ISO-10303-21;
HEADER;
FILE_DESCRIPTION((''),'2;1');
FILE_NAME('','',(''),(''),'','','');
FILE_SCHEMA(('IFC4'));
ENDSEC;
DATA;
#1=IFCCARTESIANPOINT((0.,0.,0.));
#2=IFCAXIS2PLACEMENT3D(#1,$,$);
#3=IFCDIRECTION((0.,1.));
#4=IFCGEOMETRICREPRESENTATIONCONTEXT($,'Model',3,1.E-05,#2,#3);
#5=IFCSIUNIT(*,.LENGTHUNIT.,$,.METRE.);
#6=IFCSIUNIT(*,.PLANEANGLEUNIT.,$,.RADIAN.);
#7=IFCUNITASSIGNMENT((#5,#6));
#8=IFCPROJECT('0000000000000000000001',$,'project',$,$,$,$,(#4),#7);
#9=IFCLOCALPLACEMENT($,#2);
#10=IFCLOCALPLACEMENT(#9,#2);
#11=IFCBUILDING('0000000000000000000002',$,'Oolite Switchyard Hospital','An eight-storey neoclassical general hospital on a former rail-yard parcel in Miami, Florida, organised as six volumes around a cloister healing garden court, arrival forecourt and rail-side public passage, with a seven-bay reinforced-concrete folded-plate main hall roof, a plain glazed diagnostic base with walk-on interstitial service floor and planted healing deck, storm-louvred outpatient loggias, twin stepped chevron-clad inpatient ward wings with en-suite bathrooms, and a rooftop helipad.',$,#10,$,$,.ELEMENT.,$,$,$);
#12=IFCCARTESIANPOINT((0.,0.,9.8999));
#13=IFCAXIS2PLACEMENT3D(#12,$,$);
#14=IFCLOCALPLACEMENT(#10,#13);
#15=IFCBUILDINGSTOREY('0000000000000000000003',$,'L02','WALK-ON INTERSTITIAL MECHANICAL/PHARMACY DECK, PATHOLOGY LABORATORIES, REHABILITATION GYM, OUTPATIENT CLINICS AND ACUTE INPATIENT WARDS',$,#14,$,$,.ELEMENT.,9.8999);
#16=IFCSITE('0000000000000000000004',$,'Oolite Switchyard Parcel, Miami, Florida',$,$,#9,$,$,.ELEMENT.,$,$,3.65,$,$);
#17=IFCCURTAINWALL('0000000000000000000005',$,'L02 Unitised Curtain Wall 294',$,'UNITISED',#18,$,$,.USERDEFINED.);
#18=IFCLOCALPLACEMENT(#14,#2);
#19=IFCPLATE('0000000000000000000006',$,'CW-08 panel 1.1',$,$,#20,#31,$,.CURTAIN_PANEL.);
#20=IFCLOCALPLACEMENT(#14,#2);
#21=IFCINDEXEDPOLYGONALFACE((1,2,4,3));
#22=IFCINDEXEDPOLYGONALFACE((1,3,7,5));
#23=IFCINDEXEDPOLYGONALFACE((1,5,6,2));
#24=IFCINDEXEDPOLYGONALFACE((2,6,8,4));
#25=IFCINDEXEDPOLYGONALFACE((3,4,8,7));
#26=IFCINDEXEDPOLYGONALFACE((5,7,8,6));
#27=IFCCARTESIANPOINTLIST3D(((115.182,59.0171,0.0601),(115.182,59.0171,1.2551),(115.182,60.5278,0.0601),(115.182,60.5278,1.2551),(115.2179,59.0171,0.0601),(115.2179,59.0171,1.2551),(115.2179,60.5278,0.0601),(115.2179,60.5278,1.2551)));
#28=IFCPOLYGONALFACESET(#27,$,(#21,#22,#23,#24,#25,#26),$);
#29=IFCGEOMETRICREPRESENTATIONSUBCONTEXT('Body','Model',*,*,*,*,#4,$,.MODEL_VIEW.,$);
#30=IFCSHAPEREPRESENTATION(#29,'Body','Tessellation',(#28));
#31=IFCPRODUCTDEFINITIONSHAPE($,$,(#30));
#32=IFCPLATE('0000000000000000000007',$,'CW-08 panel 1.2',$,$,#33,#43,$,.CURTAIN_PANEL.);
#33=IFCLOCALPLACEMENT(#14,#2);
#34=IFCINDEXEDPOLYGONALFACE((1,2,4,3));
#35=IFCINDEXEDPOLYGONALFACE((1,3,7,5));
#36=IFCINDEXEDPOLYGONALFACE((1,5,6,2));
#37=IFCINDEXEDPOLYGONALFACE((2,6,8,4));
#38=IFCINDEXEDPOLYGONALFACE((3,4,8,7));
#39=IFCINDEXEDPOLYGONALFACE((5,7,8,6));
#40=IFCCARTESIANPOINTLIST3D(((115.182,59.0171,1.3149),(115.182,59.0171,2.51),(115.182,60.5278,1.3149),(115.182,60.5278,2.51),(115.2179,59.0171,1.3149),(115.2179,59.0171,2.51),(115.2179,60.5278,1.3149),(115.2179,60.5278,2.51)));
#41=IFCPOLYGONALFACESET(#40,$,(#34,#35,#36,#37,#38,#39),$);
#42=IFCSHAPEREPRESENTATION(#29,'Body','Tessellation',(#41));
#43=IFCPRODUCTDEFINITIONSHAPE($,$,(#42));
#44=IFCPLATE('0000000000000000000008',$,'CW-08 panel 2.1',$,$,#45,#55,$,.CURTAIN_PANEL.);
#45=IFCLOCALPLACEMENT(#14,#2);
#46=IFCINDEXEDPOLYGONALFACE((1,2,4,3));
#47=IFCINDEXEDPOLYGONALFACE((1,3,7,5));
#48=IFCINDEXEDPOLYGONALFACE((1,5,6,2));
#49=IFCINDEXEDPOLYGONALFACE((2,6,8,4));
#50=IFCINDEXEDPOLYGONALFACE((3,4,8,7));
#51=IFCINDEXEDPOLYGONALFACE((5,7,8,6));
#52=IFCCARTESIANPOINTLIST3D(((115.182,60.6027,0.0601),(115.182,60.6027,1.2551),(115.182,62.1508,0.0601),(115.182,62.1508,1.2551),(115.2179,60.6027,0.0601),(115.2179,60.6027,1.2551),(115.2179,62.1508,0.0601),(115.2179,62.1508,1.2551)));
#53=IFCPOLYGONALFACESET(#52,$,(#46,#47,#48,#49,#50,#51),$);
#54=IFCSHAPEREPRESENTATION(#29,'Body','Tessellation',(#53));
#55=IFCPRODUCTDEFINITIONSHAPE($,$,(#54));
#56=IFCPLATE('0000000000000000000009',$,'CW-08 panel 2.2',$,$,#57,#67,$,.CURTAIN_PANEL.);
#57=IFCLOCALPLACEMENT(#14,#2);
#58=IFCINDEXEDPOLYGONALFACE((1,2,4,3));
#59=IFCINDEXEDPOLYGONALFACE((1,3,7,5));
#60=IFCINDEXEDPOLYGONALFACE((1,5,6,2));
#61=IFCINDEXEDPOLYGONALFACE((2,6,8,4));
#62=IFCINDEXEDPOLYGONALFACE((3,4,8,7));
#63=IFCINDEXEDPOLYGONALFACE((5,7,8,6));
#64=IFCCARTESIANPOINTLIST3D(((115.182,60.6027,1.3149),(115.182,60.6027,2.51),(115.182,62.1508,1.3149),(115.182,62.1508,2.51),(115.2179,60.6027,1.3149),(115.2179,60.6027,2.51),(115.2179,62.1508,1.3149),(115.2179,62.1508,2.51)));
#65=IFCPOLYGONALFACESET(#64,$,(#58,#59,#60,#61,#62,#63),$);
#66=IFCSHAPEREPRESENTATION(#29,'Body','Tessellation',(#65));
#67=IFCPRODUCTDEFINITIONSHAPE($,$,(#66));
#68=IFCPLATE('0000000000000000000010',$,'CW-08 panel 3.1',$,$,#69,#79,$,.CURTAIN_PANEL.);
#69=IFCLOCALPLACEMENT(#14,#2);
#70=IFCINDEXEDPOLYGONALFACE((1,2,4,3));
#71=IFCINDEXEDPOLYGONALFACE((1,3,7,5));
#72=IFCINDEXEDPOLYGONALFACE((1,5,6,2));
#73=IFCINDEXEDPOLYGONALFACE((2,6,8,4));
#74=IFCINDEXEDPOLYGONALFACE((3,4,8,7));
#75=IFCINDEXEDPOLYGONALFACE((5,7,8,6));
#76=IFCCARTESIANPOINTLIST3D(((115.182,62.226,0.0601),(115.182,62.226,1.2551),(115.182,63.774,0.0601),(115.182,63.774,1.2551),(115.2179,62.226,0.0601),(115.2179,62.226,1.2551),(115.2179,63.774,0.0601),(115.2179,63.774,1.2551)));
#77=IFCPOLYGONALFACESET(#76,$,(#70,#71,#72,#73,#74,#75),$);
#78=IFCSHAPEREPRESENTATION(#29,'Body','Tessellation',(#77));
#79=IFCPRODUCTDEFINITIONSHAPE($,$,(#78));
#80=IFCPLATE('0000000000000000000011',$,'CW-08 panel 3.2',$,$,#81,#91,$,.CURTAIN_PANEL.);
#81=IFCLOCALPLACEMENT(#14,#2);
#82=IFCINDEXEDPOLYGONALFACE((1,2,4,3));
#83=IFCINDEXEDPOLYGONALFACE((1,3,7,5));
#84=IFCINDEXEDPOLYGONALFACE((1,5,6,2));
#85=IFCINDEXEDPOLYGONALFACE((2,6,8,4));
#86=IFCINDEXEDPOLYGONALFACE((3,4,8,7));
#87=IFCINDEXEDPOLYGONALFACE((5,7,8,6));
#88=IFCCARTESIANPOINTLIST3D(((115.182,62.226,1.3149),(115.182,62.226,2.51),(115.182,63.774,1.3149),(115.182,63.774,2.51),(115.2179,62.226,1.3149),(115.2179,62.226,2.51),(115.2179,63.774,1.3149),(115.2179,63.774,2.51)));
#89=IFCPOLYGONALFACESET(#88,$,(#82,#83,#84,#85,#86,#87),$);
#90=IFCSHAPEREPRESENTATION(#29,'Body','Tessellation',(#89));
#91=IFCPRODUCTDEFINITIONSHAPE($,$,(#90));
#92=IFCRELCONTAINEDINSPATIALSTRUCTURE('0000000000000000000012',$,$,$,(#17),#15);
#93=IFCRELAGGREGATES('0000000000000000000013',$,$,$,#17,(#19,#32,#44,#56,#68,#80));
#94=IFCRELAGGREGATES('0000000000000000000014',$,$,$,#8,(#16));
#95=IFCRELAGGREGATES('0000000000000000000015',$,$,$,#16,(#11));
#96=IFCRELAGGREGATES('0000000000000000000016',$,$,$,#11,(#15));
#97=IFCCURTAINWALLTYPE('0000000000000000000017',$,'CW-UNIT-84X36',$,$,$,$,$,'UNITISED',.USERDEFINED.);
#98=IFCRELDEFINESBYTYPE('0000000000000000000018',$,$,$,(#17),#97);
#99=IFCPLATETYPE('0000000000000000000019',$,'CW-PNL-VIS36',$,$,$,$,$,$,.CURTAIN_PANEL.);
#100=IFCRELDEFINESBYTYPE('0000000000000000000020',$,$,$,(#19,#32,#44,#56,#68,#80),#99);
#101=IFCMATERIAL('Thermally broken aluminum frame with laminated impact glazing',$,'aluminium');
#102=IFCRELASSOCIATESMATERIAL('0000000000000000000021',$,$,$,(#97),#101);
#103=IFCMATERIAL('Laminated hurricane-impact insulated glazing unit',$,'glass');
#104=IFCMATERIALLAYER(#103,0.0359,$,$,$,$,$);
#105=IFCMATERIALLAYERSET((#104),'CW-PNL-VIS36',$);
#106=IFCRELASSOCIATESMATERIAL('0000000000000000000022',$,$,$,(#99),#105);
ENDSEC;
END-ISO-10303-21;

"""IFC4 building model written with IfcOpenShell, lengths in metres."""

from ifc_helpers import new_model, si_unit, direction, frame, origin, origin_2d, place, context, subcontext, project, spatial, rectangle, extrude, material, layer, layer_set, type_object, element, aggregate, save


model = new_model("IFC4")

# Units and contexts
model_context = context("Model", 3, precision=1e-05, world=origin(), true_north=direction((0.0, 1.0)))
body_context = subcontext(model_context, "Body", "Model", "MODEL_VIEW")
ifc_project = project(units=[si_unit("LENGTHUNIT", "METRE"), si_unit("PLANEANGLEUNIT", "RADIAN")], contexts=[model_context])

# Site, building, storey
site_placement = place(None, origin())
site = spatial("IfcSite", under=ifc_project, at=site_placement, Name="Oolite Switchyard Parcel, Miami, Florida", CompositionType="ELEMENT", RefElevation=3.65)
building_placement = place(site_placement, origin())
building = spatial("IfcBuilding", under=site, at=building_placement, Name="Oolite Switchyard Hospital", Description="An eight-storey neoclassical general hospital on a former rail-yard parcel in Miami, Florida, organised as six volumes around a cloister healing garden court, arrival forecourt and rail-side public passage, with a seven-bay reinforced-concrete folded-plate main hall roof, a plain glazed diagnostic base with walk-on interstitial service floor and planted healing deck, storm-louvred outpatient loggias, twin stepped chevron-clad inpatient ward wings with en-suite bathrooms, and a rooftop helipad.", CompositionType="ELEMENT")
storey_placement = place(building_placement, frame((0.0, 0.0, 9.8999)))
storey = spatial("IfcBuildingStorey", under=building, at=storey_placement, Name="L02", Description="WALK-ON INTERSTITIAL MECHANICAL/PHARMACY DECK, PATHOLOGY LABORATORIES, REHABILITATION GYM, OUTPATIENT CLINICS AND ACUTE INPATIENT WARDS", CompositionType="ELEMENT", Elevation=9.8999)

# Curtain wall, plates
ifc_material_1 = material(Name="Thermally broken aluminum frame with laminated impact glazing", Category="aluminium")
curtain_wall_type = type_object("IfcCurtainWallType", Name="CW-UNIT-84X36", ElementType="UNITISED", PredefinedType="USERDEFINED", material=ifc_material_1)
curtain_wall_placement = place(storey_placement, origin())
curtain_wall = element("IfcCurtainWall", 1, at=curtain_wall_placement, inside=storey, type_object=curtain_wall_type, Name="L02 Unitised Curtain Wall 294", ObjectType="UNITISED", PredefinedType="USERDEFINED")
ifc_material_2 = material(Name="Laminated hurricane-impact insulated glazing unit", Category="glass")
ifc_layer = layer(ifc_material_2, 0.0359)
ifc_layer_set = layer_set([ifc_layer], Name="CW-PNL-VIS36")
plate_type = type_object("IfcPlateType", Name="CW-PNL-VIS36", PredefinedType="CURTAIN_PANEL", material=ifc_layer_set)
plate_1_placement = place(storey_placement, frame((115.2, 59.7725, 0.0601), z_axis=(0.0, 0.0, 1.0), x_axis=(0.0, 1.0, 0.0)))
plate_1 = element("IfcPlate", 2, at=plate_1_placement, type_object=plate_type, Name="CW-08 panel 1.1", PredefinedType="CURTAIN_PANEL", context=body_context, shape_type="SweptSolid", body=[
    extrude(rectangle(XDim=1.5107, YDim=0.0359, at=origin_2d()), origin(), (0.0, 0.0, 1.0), 1.1951),
])
plate_2_placement = place(storey_placement, frame((115.2, 59.7725, 1.3149), z_axis=(0.0, 0.0, 1.0), x_axis=(0.0, 1.0, 0.0)))
plate_2 = element("IfcPlate", 3, at=plate_2_placement, type_object=plate_type, Name="CW-08 panel 1.2", PredefinedType="CURTAIN_PANEL", context=body_context, shape_type="SweptSolid", body=[
    extrude(rectangle(XDim=1.5107, YDim=0.0359, at=origin_2d()), origin(), (0.0, 0.0, 1.0), 1.1951),
])
plate_3_placement = place(storey_placement, frame((115.2, 61.3767, 0.0601), z_axis=(0.0, 0.0, 1.0), x_axis=(0.0, 1.0, 0.0)))
plate_3 = element("IfcPlate", 4, at=plate_3_placement, type_object=plate_type, Name="CW-08 panel 2.1", PredefinedType="CURTAIN_PANEL", context=body_context, shape_type="SweptSolid", body=[
    extrude(rectangle(XDim=1.5481, YDim=0.0359, at=origin_2d()), origin(), (0.0, 0.0, 1.0), 1.1951),
])
plate_4_placement = place(storey_placement, frame((115.2, 61.3767, 1.3149), z_axis=(0.0, 0.0, 1.0), x_axis=(0.0, 1.0, 0.0)))
plate_4 = element("IfcPlate", 5, at=plate_4_placement, type_object=plate_type, Name="CW-08 panel 2.2", PredefinedType="CURTAIN_PANEL", context=body_context, shape_type="SweptSolid", body=[
    extrude(rectangle(XDim=1.5481, YDim=0.0359, at=origin_2d()), origin(), (0.0, 0.0, 1.0), 1.1951),
])
plate_5_placement = place(storey_placement, frame((115.2, 63.0, 0.0601), z_axis=(0.0, 0.0, 1.0), x_axis=(0.0, 1.0, 0.0)))
plate_5 = element("IfcPlate", 6, at=plate_5_placement, type_object=plate_type, Name="CW-08 panel 3.1", PredefinedType="CURTAIN_PANEL", context=body_context, shape_type="SweptSolid", body=[
    extrude(rectangle(XDim=1.5481, YDim=0.0359, at=origin_2d()), origin(), (0.0, 0.0, 1.0), 1.1951),
])
plate_6_placement = place(storey_placement, frame((115.2, 63.0, 1.3149), z_axis=(0.0, 0.0, 1.0), x_axis=(0.0, 1.0, 0.0)))
plate_6 = element("IfcPlate", 7, at=plate_6_placement, type_object=plate_type, Name="CW-08 panel 3.2", PredefinedType="CURTAIN_PANEL", context=body_context, shape_type="SweptSolid", body=[
    extrude(rectangle(XDim=1.5481, YDim=0.0359, at=origin_2d()), origin(), (0.0, 0.0, 1.0), 1.1951),
])
aggregate(curtain_wall, [plate_1, plate_2, plate_3, plate_4, plate_5, plate_6])

save(model, "model.ifc")
